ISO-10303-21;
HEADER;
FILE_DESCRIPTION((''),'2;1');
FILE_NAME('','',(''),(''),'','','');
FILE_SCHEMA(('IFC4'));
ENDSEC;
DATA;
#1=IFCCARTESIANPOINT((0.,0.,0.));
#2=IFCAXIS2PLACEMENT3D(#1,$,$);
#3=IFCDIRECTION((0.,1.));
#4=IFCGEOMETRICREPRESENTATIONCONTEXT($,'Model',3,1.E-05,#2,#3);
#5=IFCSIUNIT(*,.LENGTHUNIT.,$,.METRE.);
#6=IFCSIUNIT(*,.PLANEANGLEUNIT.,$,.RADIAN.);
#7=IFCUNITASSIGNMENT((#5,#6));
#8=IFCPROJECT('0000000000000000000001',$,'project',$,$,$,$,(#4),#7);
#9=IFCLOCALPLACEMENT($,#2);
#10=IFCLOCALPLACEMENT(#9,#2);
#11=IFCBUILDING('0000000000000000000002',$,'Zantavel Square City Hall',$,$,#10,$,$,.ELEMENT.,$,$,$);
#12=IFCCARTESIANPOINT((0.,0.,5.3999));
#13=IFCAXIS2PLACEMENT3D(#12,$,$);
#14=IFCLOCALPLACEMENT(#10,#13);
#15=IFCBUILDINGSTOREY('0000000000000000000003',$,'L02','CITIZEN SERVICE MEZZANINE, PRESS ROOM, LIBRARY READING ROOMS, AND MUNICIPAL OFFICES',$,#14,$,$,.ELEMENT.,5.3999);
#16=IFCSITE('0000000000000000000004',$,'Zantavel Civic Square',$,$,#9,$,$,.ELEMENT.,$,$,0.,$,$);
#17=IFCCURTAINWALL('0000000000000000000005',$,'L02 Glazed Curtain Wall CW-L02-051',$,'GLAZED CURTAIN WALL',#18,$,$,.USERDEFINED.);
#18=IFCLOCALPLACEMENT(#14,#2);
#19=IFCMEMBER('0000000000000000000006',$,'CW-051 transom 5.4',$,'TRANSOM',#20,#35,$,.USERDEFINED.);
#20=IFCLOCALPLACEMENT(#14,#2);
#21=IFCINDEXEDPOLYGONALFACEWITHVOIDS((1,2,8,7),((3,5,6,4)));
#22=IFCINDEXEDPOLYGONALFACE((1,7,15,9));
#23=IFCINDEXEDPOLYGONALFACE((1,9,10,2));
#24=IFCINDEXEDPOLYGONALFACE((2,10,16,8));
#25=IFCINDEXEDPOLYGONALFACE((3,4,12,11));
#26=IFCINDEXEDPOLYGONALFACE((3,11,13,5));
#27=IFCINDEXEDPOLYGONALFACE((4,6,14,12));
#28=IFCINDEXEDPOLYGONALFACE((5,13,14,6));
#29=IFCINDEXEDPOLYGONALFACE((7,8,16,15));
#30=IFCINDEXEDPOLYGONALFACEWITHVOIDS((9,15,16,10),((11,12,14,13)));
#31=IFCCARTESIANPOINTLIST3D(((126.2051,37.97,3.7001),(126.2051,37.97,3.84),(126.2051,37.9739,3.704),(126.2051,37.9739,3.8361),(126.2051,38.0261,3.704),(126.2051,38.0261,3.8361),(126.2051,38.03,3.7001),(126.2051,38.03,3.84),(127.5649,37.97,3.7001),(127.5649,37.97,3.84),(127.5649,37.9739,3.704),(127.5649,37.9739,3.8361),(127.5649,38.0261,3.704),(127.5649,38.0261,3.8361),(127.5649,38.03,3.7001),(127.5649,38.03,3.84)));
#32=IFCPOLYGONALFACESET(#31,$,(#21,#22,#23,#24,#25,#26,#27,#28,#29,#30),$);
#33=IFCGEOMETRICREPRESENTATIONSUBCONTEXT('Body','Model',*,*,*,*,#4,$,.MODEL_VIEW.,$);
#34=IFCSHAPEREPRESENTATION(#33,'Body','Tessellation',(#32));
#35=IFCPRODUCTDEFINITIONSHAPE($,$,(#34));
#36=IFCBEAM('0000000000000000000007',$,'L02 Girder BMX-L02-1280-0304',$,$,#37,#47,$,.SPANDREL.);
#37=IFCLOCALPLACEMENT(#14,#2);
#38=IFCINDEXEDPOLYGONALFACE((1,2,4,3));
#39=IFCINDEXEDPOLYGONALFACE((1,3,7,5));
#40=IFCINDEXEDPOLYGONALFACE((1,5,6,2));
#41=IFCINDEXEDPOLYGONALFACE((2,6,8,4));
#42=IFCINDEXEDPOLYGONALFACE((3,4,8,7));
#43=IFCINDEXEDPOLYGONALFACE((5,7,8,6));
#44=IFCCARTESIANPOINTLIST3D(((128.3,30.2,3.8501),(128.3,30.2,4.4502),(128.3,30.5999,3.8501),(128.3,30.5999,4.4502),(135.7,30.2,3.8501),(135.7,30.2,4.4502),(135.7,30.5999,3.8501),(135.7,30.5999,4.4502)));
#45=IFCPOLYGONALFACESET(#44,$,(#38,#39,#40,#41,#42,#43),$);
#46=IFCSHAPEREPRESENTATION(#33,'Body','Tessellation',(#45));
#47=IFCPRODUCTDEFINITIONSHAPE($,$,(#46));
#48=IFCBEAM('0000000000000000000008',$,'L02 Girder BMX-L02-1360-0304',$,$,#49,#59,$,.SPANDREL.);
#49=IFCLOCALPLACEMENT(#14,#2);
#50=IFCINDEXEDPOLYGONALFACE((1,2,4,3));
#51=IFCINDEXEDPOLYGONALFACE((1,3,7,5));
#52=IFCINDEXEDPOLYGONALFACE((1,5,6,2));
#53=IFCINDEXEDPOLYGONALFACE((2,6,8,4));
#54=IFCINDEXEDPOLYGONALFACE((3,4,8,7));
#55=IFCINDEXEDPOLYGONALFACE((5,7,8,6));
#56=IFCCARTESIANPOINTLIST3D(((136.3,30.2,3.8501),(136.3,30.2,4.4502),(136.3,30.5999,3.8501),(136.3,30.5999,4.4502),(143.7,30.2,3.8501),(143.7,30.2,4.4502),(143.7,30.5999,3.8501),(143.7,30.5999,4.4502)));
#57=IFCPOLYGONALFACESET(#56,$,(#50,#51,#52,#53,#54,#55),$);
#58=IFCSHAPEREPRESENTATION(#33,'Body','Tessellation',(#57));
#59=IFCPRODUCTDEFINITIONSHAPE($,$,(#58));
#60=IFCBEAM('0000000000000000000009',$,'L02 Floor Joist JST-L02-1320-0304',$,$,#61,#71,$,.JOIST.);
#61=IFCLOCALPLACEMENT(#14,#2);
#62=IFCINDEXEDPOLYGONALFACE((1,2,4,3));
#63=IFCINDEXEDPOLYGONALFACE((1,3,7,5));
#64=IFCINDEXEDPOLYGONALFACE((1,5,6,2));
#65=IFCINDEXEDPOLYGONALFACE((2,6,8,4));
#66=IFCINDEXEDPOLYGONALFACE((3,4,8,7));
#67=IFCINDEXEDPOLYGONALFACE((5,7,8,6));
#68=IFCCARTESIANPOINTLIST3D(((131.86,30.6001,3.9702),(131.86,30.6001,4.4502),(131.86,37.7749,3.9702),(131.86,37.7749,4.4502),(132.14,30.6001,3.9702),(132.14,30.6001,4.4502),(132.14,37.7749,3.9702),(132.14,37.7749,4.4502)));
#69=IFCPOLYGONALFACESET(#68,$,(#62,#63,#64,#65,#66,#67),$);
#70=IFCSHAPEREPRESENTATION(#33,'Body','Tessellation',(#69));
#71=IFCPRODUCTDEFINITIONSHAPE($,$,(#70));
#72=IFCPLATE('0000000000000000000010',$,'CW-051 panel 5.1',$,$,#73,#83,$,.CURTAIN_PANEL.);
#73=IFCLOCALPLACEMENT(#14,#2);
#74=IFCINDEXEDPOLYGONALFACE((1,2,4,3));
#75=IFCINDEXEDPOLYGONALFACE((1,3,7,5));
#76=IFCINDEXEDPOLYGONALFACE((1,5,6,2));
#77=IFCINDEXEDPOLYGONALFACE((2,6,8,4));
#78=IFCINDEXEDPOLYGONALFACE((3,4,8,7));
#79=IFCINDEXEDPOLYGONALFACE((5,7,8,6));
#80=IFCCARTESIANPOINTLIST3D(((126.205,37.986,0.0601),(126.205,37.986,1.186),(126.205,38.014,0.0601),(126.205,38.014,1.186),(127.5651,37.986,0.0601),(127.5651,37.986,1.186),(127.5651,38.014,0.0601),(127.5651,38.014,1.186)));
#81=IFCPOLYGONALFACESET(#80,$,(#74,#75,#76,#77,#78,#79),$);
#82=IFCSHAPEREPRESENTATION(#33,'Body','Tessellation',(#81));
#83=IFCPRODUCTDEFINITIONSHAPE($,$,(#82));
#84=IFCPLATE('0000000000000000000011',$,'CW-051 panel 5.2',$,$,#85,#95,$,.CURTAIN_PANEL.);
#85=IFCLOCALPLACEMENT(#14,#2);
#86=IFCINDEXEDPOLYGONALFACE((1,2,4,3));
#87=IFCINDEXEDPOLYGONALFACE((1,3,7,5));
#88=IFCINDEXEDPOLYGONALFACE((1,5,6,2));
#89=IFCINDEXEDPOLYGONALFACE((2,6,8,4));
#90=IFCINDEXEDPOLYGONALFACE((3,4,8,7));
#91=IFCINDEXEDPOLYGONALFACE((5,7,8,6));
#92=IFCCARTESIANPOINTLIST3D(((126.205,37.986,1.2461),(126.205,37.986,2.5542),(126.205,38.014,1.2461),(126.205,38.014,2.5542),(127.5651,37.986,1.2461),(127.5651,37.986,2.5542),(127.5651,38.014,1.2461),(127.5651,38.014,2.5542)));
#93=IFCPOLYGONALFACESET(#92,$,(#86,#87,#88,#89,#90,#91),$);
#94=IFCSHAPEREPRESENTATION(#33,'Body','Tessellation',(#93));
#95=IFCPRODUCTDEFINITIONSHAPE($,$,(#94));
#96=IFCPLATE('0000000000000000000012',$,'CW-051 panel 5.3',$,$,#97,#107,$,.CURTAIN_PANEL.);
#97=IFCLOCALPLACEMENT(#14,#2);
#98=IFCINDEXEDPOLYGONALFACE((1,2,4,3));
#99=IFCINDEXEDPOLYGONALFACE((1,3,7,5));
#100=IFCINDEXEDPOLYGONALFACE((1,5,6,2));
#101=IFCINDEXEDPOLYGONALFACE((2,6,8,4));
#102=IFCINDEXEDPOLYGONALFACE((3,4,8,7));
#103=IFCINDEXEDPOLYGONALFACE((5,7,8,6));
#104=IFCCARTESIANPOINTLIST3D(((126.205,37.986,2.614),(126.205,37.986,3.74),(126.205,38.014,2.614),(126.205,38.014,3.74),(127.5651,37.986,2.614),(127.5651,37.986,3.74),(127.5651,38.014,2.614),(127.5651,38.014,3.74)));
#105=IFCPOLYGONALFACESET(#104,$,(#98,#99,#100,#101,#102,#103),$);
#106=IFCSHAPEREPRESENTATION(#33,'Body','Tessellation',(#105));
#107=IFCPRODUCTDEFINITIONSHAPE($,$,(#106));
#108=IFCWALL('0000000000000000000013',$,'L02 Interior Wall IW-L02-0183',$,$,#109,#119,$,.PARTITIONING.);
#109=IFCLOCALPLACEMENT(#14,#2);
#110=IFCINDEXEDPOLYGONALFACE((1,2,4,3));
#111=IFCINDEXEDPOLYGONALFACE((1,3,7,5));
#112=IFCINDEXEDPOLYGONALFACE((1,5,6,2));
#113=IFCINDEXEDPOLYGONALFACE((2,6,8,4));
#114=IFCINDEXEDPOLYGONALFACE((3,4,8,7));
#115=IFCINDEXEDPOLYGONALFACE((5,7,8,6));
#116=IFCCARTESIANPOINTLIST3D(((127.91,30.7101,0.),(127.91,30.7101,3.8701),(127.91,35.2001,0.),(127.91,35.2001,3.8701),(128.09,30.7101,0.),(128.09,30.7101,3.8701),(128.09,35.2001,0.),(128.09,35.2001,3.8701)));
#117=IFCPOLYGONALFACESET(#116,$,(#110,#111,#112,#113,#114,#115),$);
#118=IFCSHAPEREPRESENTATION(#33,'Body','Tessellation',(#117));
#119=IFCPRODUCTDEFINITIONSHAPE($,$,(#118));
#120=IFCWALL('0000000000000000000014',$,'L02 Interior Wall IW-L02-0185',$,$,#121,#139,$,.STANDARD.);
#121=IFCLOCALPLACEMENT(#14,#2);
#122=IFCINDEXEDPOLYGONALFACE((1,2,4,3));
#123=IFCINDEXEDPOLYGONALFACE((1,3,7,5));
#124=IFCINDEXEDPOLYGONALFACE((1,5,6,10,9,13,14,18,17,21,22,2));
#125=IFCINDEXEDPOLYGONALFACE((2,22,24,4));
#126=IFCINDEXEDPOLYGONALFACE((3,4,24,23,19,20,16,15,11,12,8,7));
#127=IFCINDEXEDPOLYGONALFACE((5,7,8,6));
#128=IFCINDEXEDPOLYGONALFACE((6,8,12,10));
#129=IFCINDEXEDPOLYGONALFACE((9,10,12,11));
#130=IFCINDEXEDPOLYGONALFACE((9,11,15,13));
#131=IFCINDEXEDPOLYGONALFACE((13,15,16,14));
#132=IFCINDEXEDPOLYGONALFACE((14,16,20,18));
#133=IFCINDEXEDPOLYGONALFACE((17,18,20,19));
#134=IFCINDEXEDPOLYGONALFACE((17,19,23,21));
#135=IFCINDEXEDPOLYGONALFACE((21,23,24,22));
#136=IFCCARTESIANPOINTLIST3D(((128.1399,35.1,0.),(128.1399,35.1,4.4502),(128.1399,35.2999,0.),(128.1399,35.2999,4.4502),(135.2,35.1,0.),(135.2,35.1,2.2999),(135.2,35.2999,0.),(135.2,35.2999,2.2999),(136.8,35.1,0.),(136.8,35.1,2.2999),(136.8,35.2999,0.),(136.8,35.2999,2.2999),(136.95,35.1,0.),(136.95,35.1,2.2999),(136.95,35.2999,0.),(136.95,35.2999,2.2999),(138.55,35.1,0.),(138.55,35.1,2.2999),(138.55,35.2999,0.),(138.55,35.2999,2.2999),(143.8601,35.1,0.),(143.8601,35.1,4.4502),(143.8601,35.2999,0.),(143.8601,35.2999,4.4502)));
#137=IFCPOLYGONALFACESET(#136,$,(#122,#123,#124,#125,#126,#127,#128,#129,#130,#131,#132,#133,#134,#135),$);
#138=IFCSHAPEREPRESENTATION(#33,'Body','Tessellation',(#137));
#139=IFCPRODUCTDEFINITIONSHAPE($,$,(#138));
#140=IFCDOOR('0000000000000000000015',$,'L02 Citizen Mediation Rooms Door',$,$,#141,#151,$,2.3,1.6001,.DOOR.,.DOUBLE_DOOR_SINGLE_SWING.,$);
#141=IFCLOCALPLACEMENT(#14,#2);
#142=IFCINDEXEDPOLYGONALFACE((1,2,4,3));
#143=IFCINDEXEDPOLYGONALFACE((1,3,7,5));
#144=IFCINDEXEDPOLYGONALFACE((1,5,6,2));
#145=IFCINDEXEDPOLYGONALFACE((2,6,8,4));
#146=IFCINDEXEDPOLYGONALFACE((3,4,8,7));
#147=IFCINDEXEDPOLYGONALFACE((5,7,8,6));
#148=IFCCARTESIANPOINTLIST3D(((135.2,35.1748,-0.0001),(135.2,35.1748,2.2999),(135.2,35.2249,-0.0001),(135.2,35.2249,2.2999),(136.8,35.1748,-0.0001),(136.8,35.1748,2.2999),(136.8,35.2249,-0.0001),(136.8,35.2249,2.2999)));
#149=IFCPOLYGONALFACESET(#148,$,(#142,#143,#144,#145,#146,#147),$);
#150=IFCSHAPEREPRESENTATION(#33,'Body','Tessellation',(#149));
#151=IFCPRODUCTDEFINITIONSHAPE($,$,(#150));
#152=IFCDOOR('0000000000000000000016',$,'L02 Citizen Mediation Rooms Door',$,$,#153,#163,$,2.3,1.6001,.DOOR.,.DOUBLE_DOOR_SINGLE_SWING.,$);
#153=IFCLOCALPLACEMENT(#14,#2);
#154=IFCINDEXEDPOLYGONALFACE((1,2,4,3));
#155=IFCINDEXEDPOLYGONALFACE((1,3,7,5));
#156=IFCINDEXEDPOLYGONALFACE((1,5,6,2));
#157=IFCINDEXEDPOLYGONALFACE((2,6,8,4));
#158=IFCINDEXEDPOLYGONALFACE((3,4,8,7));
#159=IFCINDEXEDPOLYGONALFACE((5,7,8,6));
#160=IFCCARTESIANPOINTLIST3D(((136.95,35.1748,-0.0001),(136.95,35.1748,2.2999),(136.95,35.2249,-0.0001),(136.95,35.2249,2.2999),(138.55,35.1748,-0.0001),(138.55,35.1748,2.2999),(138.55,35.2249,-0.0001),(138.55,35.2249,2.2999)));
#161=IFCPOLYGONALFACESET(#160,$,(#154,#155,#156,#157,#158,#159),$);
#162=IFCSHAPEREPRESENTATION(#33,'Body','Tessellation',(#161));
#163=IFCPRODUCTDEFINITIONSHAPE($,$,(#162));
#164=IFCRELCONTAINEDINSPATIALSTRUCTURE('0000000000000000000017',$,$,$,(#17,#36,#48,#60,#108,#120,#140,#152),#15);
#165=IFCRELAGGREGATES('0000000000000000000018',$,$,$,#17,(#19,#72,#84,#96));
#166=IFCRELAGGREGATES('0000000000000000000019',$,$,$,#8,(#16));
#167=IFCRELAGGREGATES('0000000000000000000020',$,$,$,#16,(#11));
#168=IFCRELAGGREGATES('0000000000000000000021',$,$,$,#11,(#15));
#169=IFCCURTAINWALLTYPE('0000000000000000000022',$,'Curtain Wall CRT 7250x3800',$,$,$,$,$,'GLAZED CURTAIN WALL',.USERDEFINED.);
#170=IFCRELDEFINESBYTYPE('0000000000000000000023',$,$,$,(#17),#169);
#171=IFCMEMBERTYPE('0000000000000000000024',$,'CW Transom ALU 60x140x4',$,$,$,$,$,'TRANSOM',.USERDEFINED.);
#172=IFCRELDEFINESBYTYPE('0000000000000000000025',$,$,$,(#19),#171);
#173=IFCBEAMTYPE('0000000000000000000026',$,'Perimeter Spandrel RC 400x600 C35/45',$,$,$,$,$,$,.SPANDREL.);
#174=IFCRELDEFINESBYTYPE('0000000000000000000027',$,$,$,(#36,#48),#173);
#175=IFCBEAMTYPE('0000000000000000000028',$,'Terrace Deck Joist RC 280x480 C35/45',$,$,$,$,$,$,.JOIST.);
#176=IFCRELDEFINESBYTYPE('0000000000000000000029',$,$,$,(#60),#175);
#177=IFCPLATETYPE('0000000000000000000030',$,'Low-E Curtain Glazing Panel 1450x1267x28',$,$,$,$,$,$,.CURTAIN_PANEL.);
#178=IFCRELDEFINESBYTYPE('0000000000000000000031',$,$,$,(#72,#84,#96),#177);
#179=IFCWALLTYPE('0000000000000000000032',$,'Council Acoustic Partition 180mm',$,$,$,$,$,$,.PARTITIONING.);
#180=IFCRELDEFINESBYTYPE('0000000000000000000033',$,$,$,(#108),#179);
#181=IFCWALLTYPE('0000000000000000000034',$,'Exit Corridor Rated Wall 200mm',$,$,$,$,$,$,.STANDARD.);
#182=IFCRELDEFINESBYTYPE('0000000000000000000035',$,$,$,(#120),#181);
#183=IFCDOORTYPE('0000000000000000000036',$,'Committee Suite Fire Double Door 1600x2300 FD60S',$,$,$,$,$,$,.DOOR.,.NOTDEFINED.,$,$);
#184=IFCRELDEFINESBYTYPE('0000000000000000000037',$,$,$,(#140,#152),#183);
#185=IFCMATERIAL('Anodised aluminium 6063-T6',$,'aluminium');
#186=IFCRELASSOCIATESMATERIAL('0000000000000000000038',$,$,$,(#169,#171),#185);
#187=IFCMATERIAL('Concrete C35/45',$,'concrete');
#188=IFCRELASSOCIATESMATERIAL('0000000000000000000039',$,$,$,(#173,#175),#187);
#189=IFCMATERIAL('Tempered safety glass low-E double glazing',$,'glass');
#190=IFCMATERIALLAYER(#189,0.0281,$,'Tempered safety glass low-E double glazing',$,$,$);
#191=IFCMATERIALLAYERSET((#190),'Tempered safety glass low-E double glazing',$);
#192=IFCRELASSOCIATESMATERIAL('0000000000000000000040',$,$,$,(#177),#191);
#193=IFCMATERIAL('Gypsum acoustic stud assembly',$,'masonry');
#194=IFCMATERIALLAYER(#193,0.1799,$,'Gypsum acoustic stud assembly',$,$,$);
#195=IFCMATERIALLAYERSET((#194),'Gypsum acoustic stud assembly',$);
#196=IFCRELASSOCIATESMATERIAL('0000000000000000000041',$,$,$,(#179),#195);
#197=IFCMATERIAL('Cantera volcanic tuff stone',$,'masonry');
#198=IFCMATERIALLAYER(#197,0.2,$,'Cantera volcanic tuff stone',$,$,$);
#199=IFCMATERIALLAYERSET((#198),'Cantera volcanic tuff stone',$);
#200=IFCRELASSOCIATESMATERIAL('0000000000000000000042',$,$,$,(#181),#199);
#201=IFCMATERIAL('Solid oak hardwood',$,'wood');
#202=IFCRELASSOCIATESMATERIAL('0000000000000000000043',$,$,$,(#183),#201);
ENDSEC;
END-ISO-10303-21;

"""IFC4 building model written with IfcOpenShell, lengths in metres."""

from ifc_helpers import new_model, si_unit, direction, frame, frame_2d, origin, origin_2d, place, context, subcontext, project, spatial, rectangle, hollow_rectangle, extrude, material, layer, layer_set, material_profile, profile_set, type_object, element, fill, aggregate, save


model = new_model("IFC4")

# Units and contexts
model_context = context("Model", 3, precision=1e-05, world=origin(), true_north=direction((0.0, 1.0)))
body_context = subcontext(model_context, "Body", "Model", "MODEL_VIEW")
ifc_project = project(units=[si_unit("LENGTHUNIT", "METRE"), si_unit("PLANEANGLEUNIT", "RADIAN")], contexts=[model_context])

# Site, building, storey
site_placement = place(None, origin())
site = spatial("IfcSite", under=ifc_project, at=site_placement, Name="Zantavel Civic Square", CompositionType="ELEMENT", RefElevation=0.0)
building_placement = place(site_placement, origin())
building = spatial("IfcBuilding", under=site, at=building_placement, Name="Zantavel Square City Hall", CompositionType="ELEMENT")
storey_placement = place(building_placement, frame((0.0, 0.0, 5.3999)))
storey = spatial("IfcBuildingStorey", under=building, at=storey_placement, Name="L02", Description="CITIZEN SERVICE MEZZANINE, PRESS ROOM, LIBRARY READING ROOMS, AND MUNICIPAL OFFICES", CompositionType="ELEMENT", Elevation=5.3999)

# Shared definitions
ifc_material_1 = material(Name="Concrete C35/45", Category="concrete")

# Curtain wall, member
ifc_material_2 = material(Name="Anodised aluminium 6063-T6", Category="aluminium")
curtain_wall_type = type_object("IfcCurtainWallType", Name="Curtain Wall CRT 7250x3800", ElementType="GLAZED CURTAIN WALL", PredefinedType="USERDEFINED", material=ifc_material_2)
curtain_wall_placement = place(storey_placement, origin())
curtain_wall = element("IfcCurtainWall", 1, at=curtain_wall_placement, inside=storey, type_object=curtain_wall_type, Name="L02 Glazed Curtain Wall CW-L02-051", ObjectType="GLAZED CURTAIN WALL", PredefinedType="USERDEFINED")
ifc_material_profile_1 = material_profile(ifc_material_2, hollow_rectangle(XDim=0.0601, YDim=0.1399, WallThickness=0.0039, at=origin_2d()), Name="ALU 60x140x4")
ifc_profile_set_1 = profile_set([ifc_material_profile_1], Name="Anodised aluminium 6063-T6")
member_type_1 = type_object("IfcMemberType", Name="CW Transom ALU 60x140x4", ElementType="TRANSOM", PredefinedType="USERDEFINED", material=ifc_profile_set_1)
member_1_placement = place(storey_placement, frame((126.2051, 38.0, 3.77), z_axis=(1.0, 0.0, 0.0), x_axis=(0.0, 1.0, 0.0)))
member_1 = element("IfcMember", 2, at=member_1_placement, type_object=member_type_1, Name="CW-051 transom 5.4", ObjectType="TRANSOM", PredefinedType="USERDEFINED", context=body_context, shape_type="SweptSolid", body=[
    extrude(hollow_rectangle(XDim=0.0601, YDim=0.1399, WallThickness=0.0039, at=origin_2d()), origin(), (0.0, 0.0, 1.0), 1.3599),
])

# Beams
ifc_material_profile_2 = material_profile(ifc_material_1, rectangle(XDim=0.3999, YDim=0.6001, at=origin_2d()), Name="RC 400x600")
ifc_profile_set_2 = profile_set([ifc_material_profile_2], Name="Concrete C35/45")
beam_type_1 = type_object("IfcBeamType", Name="Perimeter Spandrel RC 400x600 C35/45", PredefinedType="SPANDREL", material=ifc_profile_set_2)
for number, where, z_axis, x_axis, name in (
    (3, (128.3, 30.3999, 4.1501), (1.0, 0.0, 0.0), (0.0, 1.0, 0.0), "L02 Girder BMX-L02-1280-0304"),
    (4, (136.3, 30.3999, 4.1501), (1.0, 0.0, 0.0), (0.0, 1.0, 0.0), "L02 Girder BMX-L02-1360-0304"),
):
    element("IfcBeam", number, at=place(storey_placement, frame(where, z_axis=z_axis, x_axis=x_axis)), inside=storey, type_object=beam_type_1, Name=name, PredefinedType="SPANDREL", context=body_context, shape_type="SweptSolid", body=[
        extrude(rectangle(XDim=0.3999, YDim=0.6001, at=origin_2d()), origin(), (0.0, 0.0, 1.0), 7.3999),
    ])
ifc_material_profile_3 = material_profile(ifc_material_1, rectangle(XDim=0.28, YDim=0.48, at=origin_2d()), Name="RC 280x480")
ifc_profile_set_3 = profile_set([ifc_material_profile_3], Name="Concrete C35/45")
beam_type_2 = type_object("IfcBeamType", Name="Terrace Deck Joist RC 280x480 C35/45", PredefinedType="JOIST", material=ifc_profile_set_3)
beam_placement = place(storey_placement, frame((132.0, 30.6001, 4.2102), z_axis=(0.0, 1.0, 0.0), x_axis=(-1.0, 0.0, 0.0)))
element("IfcBeam", 5, at=beam_placement, inside=storey, type_object=beam_type_2, Name="L02 Floor Joist JST-L02-1320-0304", PredefinedType="JOIST", context=body_context, shape_type="SweptSolid", body=[
    extrude(rectangle(XDim=0.28, YDim=0.48, at=origin_2d()), origin(), (0.0, 0.0, 1.0), 7.1748),
])

# Plates
ifc_material_3 = material(Name="Tempered safety glass low-E double glazing", Category="glass")
ifc_layer_1 = layer(ifc_material_3, 0.0281, Name="Tempered safety glass low-E double glazing")
ifc_layer_set_1 = layer_set([ifc_layer_1], Name="Tempered safety glass low-E double glazing")
plate_type = type_object("IfcPlateType", Name="Low-E Curtain Glazing Panel 1450x1267x28", PredefinedType="CURTAIN_PANEL", material=ifc_layer_set_1)
plate_1_placement = place(storey_placement, frame((126.885, 38.0, 0.0601), z_axis=(0.0, 0.0, 1.0), x_axis=(1.0, 0.0, 0.0)))
plate_1 = element("IfcPlate", 6, at=plate_1_placement, type_object=plate_type, Name="CW-051 panel 5.1", PredefinedType="CURTAIN_PANEL", context=body_context, shape_type="SweptSolid", body=[
    extrude(rectangle(XDim=1.3601, YDim=0.0281, at=origin_2d()), origin(), (0.0, 0.0, 1.0), 1.126),
])
plate_2_placement = place(storey_placement, frame((126.885, 38.0, 1.2461), z_axis=(0.0, 0.0, 1.0), x_axis=(1.0, 0.0, 0.0)))
plate_2 = element("IfcPlate", 7, at=plate_2_placement, type_object=plate_type, Name="CW-051 panel 5.2", PredefinedType="CURTAIN_PANEL", context=body_context, shape_type="SweptSolid", body=[
    extrude(rectangle(XDim=1.3601, YDim=0.0281, at=origin_2d()), origin(), (0.0, 0.0, 1.0), 1.3081),
])
plate_3_placement = place(storey_placement, frame((126.885, 38.0, 2.614), z_axis=(0.0, 0.0, 1.0), x_axis=(1.0, 0.0, 0.0)))
plate_3 = element("IfcPlate", 8, at=plate_3_placement, type_object=plate_type, Name="CW-051 panel 5.3", PredefinedType="CURTAIN_PANEL", context=body_context, shape_type="SweptSolid", body=[
    extrude(rectangle(XDim=1.3601, YDim=0.0281, at=origin_2d()), origin(), (0.0, 0.0, 1.0), 1.126),
])
aggregate(curtain_wall, [member_1, plate_1, plate_2, plate_3])

# Wall
ifc_material_4 = material(Name="Gypsum acoustic stud assembly", Category="masonry")
ifc_layer_2 = layer(ifc_material_4, 0.1799, Name="Gypsum acoustic stud assembly")
ifc_layer_set_2 = layer_set([ifc_layer_2], Name="Gypsum acoustic stud assembly")
wall_type_1 = type_object("IfcWallType", Name="Council Acoustic Partition 180mm", PredefinedType="PARTITIONING", material=ifc_layer_set_2)
wall_1_placement = place(storey_placement, frame((128.0, 30.71, 0.0), z_axis=(0.0, 0.0, 1.0), x_axis=(0.0, 1.0, 0.0)))
element("IfcWall", 9, at=wall_1_placement, inside=storey, type_object=wall_type_1, Name="L02 Interior Wall IW-L02-0183", PredefinedType="PARTITIONING", context=body_context, shape_type="SweptSolid", body=[
    extrude(rectangle(XDim=4.49, YDim=0.1799, at=frame_2d((2.2451, 0.0))), origin(), (0.0, 0.0, 1.0), 3.8701),
])

# Wall, openings, doors
ifc_material_5 = material(Name="Cantera volcanic tuff stone", Category="masonry")
ifc_layer_3 = layer(ifc_material_5, 0.2, Name="Cantera volcanic tuff stone")
ifc_layer_set_3 = layer_set([ifc_layer_3], Name="Cantera volcanic tuff stone")
wall_type_2 = type_object("IfcWallType", Name="Exit Corridor Rated Wall 200mm", PredefinedType="STANDARD", material=ifc_layer_set_3)
wall_2_placement = place(storey_placement, frame((128.1399, 35.2, 0.0), z_axis=(0.0, 0.0, 1.0), x_axis=(1.0, 0.0, 0.0)))
wall_2 = element("IfcWall", 10, at=wall_2_placement, inside=storey, type_object=wall_type_2, Name="L02 Interior Wall IW-L02-0185", PredefinedType="STANDARD", context=body_context, shape_type="SweptSolid", body=[
    extrude(rectangle(XDim=15.7202, YDim=0.2, at=frame_2d((7.8601, 0.0))), origin(), (0.0, 0.0, 1.0), 4.4502),
])
opening_1_placement = place(wall_2_placement, frame((7.0601, 0.0, 0.0)))
opening_1 = element("IfcOpeningElement", 11, at=opening_1_placement, cuts=wall_2, PredefinedType="OPENING", context=body_context, shape_type="SweptSolid", body=[
    extrude(rectangle(XDim=1.6001, YDim=2.3, at=frame_2d((0.8, 1.1499))), frame((0.0, 0.1099, 0.0), z_axis=(0.0, -1.0, 0.0), x_axis=(1.0, 0.0, 0.0)), (0.0, 0.0, 1.0), 0.22),
])
opening_2_placement = place(wall_2_placement, frame((8.8101, 0.0, 0.0)))
opening_2 = element("IfcOpeningElement", 12, at=opening_2_placement, cuts=wall_2, PredefinedType="OPENING", context=body_context, shape_type="SweptSolid", body=[
    extrude(rectangle(XDim=1.6001, YDim=2.3, at=frame_2d((0.8, 1.1499))), frame((0.0, 0.1099, 0.0), z_axis=(0.0, -1.0, 0.0), x_axis=(1.0, 0.0, 0.0)), (0.0, 0.0, 1.0), 0.22),
])
ifc_material_6 = material(Name="Solid oak hardwood", Category="wood")
door_type = type_object("IfcDoorType", Name="Committee Suite Fire Double Door 1600x2300 FD60S", OperationType="NOTDEFINED", PredefinedType="DOOR", material=ifc_material_6)
door_1_placement = place(opening_1_placement, origin())
door_1 = element("IfcDoor", 13, at=door_1_placement, inside=storey, type_object=door_type, Name="L02 Citizen Mediation Rooms Door", OperationType="DOUBLE_DOOR_SINGLE_SWING", OverallHeight=2.3, OverallWidth=1.6001, PredefinedType="DOOR", context=body_context, shape_type="SweptSolid", body=[
    extrude(rectangle(XDim=1.6001, YDim=2.3, at=frame_2d((0.8, 1.1499))), frame((0.0, 0.0249, 0.0), z_axis=(0.0, -1.0, 0.0), x_axis=(1.0, 0.0, 0.0)), (0.0, 0.0, 1.0), 0.05),
])
fill(opening_1, door_1)
door_2_placement = place(opening_2_placement, origin())
door_2 = element("IfcDoor", 14, at=door_2_placement, inside=storey, type_object=door_type, Name="L02 Citizen Mediation Rooms Door", OperationType="DOUBLE_DOOR_SINGLE_SWING", OverallHeight=2.3, OverallWidth=1.6001, PredefinedType="DOOR", context=body_context, shape_type="SweptSolid", body=[
    extrude(rectangle(XDim=1.6001, YDim=2.3, at=frame_2d((0.8, 1.1499))), frame((0.0, 0.0249, 0.0), z_axis=(0.0, -1.0, 0.0), x_axis=(1.0, 0.0, 0.0)), (0.0, 0.0, 1.0), 0.05),
])
fill(opening_2, door_2)

save(model, "model.ifc")
